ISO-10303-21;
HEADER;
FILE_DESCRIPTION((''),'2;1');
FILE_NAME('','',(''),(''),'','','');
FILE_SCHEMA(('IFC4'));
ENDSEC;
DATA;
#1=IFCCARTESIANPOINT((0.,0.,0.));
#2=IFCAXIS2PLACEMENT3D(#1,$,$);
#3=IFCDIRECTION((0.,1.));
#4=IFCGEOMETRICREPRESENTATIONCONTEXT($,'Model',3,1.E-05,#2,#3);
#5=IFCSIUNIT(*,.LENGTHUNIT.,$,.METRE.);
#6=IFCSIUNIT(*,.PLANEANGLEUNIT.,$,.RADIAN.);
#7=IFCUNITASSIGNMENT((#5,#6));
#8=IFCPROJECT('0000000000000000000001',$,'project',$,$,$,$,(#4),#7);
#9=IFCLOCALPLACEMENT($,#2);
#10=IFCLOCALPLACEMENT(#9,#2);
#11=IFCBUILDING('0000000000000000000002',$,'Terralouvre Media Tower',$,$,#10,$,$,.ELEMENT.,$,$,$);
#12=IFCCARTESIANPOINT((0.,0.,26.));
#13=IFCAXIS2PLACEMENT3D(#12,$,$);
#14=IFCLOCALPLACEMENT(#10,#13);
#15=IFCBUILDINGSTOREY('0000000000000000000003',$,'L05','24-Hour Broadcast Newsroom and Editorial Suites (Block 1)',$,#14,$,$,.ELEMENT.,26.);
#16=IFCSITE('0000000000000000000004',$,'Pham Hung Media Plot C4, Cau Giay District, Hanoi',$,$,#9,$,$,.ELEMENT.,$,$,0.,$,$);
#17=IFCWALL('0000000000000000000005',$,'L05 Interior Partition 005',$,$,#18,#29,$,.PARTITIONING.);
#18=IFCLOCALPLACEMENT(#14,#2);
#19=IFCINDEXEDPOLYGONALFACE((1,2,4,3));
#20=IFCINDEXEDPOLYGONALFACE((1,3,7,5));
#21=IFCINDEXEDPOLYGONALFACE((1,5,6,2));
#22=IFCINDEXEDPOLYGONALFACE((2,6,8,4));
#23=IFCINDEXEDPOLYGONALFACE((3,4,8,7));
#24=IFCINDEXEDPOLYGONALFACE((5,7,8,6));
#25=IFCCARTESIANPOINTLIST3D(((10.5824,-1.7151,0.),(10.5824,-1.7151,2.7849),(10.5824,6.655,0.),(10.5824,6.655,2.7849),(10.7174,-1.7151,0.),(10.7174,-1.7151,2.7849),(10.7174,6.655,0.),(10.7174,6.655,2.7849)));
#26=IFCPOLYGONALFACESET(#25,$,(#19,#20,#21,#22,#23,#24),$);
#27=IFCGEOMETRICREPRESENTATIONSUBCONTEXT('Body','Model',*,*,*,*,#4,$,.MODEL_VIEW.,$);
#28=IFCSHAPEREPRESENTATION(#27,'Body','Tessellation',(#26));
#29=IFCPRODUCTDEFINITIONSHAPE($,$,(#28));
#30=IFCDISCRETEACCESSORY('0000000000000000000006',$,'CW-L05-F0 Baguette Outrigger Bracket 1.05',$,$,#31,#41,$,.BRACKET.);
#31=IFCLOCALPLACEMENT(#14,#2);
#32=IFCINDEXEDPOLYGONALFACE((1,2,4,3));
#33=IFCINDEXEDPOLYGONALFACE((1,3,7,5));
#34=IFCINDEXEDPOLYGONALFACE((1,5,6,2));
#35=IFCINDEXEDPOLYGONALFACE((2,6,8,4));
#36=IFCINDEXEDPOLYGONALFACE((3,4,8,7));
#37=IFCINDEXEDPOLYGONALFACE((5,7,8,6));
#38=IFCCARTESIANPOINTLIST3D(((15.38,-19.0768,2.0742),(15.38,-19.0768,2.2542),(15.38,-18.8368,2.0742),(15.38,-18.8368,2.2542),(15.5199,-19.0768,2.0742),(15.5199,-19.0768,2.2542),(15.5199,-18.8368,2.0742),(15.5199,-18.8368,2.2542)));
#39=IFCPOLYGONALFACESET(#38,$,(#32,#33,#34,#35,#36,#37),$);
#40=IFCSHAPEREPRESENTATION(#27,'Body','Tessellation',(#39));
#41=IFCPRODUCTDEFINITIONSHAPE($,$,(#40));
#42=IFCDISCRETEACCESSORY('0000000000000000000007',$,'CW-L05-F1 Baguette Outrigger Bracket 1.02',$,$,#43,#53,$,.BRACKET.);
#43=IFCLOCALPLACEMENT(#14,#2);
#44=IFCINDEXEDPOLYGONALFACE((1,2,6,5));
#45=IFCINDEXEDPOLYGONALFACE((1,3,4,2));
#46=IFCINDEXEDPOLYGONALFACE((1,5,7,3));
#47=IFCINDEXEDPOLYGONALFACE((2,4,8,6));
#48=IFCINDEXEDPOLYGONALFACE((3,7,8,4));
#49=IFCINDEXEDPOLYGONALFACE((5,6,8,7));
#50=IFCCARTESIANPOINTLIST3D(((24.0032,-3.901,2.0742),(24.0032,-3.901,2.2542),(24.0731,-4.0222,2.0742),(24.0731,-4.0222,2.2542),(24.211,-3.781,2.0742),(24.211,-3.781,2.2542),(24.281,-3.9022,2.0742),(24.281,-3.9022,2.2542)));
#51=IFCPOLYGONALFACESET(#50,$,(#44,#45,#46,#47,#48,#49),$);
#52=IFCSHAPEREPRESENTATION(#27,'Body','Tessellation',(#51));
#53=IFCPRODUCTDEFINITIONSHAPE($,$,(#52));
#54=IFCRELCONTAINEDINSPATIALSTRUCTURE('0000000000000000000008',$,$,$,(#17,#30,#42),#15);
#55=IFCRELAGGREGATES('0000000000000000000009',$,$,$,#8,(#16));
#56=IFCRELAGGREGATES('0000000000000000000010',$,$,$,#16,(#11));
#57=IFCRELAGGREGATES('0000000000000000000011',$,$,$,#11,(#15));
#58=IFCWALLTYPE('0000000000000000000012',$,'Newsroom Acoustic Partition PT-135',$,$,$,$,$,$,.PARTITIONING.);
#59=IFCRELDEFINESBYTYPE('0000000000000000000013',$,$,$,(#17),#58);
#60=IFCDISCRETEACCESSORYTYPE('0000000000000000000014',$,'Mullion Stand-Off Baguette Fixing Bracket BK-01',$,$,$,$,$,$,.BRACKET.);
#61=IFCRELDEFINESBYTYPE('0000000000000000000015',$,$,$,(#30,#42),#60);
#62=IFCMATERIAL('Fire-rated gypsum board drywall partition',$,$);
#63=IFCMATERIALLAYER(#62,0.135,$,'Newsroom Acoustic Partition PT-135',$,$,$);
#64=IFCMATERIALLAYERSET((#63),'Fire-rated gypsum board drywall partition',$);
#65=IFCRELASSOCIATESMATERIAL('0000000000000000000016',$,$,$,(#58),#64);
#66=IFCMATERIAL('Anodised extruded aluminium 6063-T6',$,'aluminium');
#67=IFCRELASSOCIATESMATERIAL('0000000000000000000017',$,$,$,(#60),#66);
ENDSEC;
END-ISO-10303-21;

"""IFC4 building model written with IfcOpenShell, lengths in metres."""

from ifc_helpers import new_model, si_unit, direction, frame, frame_2d, origin, origin_2d, place, context, subcontext, project, spatial, rectangle, extrude, material, layer, layer_set, type_object, element, save


model = new_model("IFC4")

# Units and contexts
model_context = context("Model", 3, precision=1e-05, world=origin(), true_north=direction((0.0, 1.0)))
body_context = subcontext(model_context, "Body", "Model", "MODEL_VIEW")
ifc_project = project(units=[si_unit("LENGTHUNIT", "METRE"), si_unit("PLANEANGLEUNIT", "RADIAN")], contexts=[model_context])

# Site, building, storey
site_placement = place(None, origin())
site = spatial("IfcSite", under=ifc_project, at=site_placement, Name="Pham Hung Media Plot C4, Cau Giay District, Hanoi", CompositionType="ELEMENT", RefElevation=0.0)
building_placement = place(site_placement, origin())
building = spatial("IfcBuilding", under=site, at=building_placement, Name="Terralouvre Media Tower", CompositionType="ELEMENT")
storey_placement = place(building_placement, frame((0.0, 0.0, 26.0)))
storey = spatial("IfcBuildingStorey", under=building, at=storey_placement, Name="L05", Description="24-Hour Broadcast Newsroom and Editorial Suites (Block 1)", CompositionType="ELEMENT", Elevation=26.0)

# Shared definitions
ifc_material_1 = material(Name="Fire-rated gypsum board drywall partition")
ifc_layer_1 = layer(ifc_material_1, 0.135, Name="Newsroom Acoustic Partition PT-135")
ifc_layer_set_1 = layer_set([ifc_layer_1], Name="Fire-rated gypsum board drywall partition")
wall_type = type_object("IfcWallType", Name="Newsroom Acoustic Partition PT-135", PredefinedType="PARTITIONING", material=ifc_layer_set_1)

# Wall
wall_1_placement = place(storey_placement, frame((10.6499, -1.7151, 0.0), z_axis=(0.0, 0.0, 1.0), x_axis=(0.0, 1.0, 0.0)))
element("IfcWall", 1, at=wall_1_placement, inside=storey, type_object=wall_type, Name="L05 Interior Partition 005", PredefinedType="PARTITIONING", context=body_context, shape_type="SweptSolid", body=[
    extrude(rectangle(XDim=8.3701, YDim=0.135, at=frame_2d((4.1851, 0.0))), origin(), (0.0, 0.0, 1.0), 2.7849),
])

# Discrete accessories
ifc_material_2 = material(Name="Anodised extruded aluminium 6063-T6", Category="aluminium")
discrete_accessory_type = type_object("IfcDiscreteAccessoryType", Name="Mullion Stand-Off Baguette Fixing Bracket BK-01", PredefinedType="BRACKET", material=ifc_material_2)
for number, where, z_axis, x_axis, name in (
    (2, (15.45, -18.9568, 2.0742), (0.0, 0.0, 1.0), (1.0, 0.0, 0.0), "CW-L05-F0 Baguette Outrigger Bracket 1.05"),
    (3, (24.1421, -3.9016, 2.0742), (0.0, 0.0, 1.0), (-0.5, 0.866025, 0.0), "CW-L05-F1 Baguette Outrigger Bracket 1.02"),
):
    element("IfcDiscreteAccessory", number, at=place(storey_placement, frame(where, z_axis=z_axis, x_axis=x_axis)), inside=storey, type_object=discrete_accessory_type, Name=name, PredefinedType="BRACKET", context=body_context, shape_type="SweptSolid", body=[
        extrude(rectangle(XDim=0.1399, YDim=0.24, at=origin_2d()), origin(), (0.0, 0.0, 1.0), 0.1799),
    ])

save(model, "model.ifc")
